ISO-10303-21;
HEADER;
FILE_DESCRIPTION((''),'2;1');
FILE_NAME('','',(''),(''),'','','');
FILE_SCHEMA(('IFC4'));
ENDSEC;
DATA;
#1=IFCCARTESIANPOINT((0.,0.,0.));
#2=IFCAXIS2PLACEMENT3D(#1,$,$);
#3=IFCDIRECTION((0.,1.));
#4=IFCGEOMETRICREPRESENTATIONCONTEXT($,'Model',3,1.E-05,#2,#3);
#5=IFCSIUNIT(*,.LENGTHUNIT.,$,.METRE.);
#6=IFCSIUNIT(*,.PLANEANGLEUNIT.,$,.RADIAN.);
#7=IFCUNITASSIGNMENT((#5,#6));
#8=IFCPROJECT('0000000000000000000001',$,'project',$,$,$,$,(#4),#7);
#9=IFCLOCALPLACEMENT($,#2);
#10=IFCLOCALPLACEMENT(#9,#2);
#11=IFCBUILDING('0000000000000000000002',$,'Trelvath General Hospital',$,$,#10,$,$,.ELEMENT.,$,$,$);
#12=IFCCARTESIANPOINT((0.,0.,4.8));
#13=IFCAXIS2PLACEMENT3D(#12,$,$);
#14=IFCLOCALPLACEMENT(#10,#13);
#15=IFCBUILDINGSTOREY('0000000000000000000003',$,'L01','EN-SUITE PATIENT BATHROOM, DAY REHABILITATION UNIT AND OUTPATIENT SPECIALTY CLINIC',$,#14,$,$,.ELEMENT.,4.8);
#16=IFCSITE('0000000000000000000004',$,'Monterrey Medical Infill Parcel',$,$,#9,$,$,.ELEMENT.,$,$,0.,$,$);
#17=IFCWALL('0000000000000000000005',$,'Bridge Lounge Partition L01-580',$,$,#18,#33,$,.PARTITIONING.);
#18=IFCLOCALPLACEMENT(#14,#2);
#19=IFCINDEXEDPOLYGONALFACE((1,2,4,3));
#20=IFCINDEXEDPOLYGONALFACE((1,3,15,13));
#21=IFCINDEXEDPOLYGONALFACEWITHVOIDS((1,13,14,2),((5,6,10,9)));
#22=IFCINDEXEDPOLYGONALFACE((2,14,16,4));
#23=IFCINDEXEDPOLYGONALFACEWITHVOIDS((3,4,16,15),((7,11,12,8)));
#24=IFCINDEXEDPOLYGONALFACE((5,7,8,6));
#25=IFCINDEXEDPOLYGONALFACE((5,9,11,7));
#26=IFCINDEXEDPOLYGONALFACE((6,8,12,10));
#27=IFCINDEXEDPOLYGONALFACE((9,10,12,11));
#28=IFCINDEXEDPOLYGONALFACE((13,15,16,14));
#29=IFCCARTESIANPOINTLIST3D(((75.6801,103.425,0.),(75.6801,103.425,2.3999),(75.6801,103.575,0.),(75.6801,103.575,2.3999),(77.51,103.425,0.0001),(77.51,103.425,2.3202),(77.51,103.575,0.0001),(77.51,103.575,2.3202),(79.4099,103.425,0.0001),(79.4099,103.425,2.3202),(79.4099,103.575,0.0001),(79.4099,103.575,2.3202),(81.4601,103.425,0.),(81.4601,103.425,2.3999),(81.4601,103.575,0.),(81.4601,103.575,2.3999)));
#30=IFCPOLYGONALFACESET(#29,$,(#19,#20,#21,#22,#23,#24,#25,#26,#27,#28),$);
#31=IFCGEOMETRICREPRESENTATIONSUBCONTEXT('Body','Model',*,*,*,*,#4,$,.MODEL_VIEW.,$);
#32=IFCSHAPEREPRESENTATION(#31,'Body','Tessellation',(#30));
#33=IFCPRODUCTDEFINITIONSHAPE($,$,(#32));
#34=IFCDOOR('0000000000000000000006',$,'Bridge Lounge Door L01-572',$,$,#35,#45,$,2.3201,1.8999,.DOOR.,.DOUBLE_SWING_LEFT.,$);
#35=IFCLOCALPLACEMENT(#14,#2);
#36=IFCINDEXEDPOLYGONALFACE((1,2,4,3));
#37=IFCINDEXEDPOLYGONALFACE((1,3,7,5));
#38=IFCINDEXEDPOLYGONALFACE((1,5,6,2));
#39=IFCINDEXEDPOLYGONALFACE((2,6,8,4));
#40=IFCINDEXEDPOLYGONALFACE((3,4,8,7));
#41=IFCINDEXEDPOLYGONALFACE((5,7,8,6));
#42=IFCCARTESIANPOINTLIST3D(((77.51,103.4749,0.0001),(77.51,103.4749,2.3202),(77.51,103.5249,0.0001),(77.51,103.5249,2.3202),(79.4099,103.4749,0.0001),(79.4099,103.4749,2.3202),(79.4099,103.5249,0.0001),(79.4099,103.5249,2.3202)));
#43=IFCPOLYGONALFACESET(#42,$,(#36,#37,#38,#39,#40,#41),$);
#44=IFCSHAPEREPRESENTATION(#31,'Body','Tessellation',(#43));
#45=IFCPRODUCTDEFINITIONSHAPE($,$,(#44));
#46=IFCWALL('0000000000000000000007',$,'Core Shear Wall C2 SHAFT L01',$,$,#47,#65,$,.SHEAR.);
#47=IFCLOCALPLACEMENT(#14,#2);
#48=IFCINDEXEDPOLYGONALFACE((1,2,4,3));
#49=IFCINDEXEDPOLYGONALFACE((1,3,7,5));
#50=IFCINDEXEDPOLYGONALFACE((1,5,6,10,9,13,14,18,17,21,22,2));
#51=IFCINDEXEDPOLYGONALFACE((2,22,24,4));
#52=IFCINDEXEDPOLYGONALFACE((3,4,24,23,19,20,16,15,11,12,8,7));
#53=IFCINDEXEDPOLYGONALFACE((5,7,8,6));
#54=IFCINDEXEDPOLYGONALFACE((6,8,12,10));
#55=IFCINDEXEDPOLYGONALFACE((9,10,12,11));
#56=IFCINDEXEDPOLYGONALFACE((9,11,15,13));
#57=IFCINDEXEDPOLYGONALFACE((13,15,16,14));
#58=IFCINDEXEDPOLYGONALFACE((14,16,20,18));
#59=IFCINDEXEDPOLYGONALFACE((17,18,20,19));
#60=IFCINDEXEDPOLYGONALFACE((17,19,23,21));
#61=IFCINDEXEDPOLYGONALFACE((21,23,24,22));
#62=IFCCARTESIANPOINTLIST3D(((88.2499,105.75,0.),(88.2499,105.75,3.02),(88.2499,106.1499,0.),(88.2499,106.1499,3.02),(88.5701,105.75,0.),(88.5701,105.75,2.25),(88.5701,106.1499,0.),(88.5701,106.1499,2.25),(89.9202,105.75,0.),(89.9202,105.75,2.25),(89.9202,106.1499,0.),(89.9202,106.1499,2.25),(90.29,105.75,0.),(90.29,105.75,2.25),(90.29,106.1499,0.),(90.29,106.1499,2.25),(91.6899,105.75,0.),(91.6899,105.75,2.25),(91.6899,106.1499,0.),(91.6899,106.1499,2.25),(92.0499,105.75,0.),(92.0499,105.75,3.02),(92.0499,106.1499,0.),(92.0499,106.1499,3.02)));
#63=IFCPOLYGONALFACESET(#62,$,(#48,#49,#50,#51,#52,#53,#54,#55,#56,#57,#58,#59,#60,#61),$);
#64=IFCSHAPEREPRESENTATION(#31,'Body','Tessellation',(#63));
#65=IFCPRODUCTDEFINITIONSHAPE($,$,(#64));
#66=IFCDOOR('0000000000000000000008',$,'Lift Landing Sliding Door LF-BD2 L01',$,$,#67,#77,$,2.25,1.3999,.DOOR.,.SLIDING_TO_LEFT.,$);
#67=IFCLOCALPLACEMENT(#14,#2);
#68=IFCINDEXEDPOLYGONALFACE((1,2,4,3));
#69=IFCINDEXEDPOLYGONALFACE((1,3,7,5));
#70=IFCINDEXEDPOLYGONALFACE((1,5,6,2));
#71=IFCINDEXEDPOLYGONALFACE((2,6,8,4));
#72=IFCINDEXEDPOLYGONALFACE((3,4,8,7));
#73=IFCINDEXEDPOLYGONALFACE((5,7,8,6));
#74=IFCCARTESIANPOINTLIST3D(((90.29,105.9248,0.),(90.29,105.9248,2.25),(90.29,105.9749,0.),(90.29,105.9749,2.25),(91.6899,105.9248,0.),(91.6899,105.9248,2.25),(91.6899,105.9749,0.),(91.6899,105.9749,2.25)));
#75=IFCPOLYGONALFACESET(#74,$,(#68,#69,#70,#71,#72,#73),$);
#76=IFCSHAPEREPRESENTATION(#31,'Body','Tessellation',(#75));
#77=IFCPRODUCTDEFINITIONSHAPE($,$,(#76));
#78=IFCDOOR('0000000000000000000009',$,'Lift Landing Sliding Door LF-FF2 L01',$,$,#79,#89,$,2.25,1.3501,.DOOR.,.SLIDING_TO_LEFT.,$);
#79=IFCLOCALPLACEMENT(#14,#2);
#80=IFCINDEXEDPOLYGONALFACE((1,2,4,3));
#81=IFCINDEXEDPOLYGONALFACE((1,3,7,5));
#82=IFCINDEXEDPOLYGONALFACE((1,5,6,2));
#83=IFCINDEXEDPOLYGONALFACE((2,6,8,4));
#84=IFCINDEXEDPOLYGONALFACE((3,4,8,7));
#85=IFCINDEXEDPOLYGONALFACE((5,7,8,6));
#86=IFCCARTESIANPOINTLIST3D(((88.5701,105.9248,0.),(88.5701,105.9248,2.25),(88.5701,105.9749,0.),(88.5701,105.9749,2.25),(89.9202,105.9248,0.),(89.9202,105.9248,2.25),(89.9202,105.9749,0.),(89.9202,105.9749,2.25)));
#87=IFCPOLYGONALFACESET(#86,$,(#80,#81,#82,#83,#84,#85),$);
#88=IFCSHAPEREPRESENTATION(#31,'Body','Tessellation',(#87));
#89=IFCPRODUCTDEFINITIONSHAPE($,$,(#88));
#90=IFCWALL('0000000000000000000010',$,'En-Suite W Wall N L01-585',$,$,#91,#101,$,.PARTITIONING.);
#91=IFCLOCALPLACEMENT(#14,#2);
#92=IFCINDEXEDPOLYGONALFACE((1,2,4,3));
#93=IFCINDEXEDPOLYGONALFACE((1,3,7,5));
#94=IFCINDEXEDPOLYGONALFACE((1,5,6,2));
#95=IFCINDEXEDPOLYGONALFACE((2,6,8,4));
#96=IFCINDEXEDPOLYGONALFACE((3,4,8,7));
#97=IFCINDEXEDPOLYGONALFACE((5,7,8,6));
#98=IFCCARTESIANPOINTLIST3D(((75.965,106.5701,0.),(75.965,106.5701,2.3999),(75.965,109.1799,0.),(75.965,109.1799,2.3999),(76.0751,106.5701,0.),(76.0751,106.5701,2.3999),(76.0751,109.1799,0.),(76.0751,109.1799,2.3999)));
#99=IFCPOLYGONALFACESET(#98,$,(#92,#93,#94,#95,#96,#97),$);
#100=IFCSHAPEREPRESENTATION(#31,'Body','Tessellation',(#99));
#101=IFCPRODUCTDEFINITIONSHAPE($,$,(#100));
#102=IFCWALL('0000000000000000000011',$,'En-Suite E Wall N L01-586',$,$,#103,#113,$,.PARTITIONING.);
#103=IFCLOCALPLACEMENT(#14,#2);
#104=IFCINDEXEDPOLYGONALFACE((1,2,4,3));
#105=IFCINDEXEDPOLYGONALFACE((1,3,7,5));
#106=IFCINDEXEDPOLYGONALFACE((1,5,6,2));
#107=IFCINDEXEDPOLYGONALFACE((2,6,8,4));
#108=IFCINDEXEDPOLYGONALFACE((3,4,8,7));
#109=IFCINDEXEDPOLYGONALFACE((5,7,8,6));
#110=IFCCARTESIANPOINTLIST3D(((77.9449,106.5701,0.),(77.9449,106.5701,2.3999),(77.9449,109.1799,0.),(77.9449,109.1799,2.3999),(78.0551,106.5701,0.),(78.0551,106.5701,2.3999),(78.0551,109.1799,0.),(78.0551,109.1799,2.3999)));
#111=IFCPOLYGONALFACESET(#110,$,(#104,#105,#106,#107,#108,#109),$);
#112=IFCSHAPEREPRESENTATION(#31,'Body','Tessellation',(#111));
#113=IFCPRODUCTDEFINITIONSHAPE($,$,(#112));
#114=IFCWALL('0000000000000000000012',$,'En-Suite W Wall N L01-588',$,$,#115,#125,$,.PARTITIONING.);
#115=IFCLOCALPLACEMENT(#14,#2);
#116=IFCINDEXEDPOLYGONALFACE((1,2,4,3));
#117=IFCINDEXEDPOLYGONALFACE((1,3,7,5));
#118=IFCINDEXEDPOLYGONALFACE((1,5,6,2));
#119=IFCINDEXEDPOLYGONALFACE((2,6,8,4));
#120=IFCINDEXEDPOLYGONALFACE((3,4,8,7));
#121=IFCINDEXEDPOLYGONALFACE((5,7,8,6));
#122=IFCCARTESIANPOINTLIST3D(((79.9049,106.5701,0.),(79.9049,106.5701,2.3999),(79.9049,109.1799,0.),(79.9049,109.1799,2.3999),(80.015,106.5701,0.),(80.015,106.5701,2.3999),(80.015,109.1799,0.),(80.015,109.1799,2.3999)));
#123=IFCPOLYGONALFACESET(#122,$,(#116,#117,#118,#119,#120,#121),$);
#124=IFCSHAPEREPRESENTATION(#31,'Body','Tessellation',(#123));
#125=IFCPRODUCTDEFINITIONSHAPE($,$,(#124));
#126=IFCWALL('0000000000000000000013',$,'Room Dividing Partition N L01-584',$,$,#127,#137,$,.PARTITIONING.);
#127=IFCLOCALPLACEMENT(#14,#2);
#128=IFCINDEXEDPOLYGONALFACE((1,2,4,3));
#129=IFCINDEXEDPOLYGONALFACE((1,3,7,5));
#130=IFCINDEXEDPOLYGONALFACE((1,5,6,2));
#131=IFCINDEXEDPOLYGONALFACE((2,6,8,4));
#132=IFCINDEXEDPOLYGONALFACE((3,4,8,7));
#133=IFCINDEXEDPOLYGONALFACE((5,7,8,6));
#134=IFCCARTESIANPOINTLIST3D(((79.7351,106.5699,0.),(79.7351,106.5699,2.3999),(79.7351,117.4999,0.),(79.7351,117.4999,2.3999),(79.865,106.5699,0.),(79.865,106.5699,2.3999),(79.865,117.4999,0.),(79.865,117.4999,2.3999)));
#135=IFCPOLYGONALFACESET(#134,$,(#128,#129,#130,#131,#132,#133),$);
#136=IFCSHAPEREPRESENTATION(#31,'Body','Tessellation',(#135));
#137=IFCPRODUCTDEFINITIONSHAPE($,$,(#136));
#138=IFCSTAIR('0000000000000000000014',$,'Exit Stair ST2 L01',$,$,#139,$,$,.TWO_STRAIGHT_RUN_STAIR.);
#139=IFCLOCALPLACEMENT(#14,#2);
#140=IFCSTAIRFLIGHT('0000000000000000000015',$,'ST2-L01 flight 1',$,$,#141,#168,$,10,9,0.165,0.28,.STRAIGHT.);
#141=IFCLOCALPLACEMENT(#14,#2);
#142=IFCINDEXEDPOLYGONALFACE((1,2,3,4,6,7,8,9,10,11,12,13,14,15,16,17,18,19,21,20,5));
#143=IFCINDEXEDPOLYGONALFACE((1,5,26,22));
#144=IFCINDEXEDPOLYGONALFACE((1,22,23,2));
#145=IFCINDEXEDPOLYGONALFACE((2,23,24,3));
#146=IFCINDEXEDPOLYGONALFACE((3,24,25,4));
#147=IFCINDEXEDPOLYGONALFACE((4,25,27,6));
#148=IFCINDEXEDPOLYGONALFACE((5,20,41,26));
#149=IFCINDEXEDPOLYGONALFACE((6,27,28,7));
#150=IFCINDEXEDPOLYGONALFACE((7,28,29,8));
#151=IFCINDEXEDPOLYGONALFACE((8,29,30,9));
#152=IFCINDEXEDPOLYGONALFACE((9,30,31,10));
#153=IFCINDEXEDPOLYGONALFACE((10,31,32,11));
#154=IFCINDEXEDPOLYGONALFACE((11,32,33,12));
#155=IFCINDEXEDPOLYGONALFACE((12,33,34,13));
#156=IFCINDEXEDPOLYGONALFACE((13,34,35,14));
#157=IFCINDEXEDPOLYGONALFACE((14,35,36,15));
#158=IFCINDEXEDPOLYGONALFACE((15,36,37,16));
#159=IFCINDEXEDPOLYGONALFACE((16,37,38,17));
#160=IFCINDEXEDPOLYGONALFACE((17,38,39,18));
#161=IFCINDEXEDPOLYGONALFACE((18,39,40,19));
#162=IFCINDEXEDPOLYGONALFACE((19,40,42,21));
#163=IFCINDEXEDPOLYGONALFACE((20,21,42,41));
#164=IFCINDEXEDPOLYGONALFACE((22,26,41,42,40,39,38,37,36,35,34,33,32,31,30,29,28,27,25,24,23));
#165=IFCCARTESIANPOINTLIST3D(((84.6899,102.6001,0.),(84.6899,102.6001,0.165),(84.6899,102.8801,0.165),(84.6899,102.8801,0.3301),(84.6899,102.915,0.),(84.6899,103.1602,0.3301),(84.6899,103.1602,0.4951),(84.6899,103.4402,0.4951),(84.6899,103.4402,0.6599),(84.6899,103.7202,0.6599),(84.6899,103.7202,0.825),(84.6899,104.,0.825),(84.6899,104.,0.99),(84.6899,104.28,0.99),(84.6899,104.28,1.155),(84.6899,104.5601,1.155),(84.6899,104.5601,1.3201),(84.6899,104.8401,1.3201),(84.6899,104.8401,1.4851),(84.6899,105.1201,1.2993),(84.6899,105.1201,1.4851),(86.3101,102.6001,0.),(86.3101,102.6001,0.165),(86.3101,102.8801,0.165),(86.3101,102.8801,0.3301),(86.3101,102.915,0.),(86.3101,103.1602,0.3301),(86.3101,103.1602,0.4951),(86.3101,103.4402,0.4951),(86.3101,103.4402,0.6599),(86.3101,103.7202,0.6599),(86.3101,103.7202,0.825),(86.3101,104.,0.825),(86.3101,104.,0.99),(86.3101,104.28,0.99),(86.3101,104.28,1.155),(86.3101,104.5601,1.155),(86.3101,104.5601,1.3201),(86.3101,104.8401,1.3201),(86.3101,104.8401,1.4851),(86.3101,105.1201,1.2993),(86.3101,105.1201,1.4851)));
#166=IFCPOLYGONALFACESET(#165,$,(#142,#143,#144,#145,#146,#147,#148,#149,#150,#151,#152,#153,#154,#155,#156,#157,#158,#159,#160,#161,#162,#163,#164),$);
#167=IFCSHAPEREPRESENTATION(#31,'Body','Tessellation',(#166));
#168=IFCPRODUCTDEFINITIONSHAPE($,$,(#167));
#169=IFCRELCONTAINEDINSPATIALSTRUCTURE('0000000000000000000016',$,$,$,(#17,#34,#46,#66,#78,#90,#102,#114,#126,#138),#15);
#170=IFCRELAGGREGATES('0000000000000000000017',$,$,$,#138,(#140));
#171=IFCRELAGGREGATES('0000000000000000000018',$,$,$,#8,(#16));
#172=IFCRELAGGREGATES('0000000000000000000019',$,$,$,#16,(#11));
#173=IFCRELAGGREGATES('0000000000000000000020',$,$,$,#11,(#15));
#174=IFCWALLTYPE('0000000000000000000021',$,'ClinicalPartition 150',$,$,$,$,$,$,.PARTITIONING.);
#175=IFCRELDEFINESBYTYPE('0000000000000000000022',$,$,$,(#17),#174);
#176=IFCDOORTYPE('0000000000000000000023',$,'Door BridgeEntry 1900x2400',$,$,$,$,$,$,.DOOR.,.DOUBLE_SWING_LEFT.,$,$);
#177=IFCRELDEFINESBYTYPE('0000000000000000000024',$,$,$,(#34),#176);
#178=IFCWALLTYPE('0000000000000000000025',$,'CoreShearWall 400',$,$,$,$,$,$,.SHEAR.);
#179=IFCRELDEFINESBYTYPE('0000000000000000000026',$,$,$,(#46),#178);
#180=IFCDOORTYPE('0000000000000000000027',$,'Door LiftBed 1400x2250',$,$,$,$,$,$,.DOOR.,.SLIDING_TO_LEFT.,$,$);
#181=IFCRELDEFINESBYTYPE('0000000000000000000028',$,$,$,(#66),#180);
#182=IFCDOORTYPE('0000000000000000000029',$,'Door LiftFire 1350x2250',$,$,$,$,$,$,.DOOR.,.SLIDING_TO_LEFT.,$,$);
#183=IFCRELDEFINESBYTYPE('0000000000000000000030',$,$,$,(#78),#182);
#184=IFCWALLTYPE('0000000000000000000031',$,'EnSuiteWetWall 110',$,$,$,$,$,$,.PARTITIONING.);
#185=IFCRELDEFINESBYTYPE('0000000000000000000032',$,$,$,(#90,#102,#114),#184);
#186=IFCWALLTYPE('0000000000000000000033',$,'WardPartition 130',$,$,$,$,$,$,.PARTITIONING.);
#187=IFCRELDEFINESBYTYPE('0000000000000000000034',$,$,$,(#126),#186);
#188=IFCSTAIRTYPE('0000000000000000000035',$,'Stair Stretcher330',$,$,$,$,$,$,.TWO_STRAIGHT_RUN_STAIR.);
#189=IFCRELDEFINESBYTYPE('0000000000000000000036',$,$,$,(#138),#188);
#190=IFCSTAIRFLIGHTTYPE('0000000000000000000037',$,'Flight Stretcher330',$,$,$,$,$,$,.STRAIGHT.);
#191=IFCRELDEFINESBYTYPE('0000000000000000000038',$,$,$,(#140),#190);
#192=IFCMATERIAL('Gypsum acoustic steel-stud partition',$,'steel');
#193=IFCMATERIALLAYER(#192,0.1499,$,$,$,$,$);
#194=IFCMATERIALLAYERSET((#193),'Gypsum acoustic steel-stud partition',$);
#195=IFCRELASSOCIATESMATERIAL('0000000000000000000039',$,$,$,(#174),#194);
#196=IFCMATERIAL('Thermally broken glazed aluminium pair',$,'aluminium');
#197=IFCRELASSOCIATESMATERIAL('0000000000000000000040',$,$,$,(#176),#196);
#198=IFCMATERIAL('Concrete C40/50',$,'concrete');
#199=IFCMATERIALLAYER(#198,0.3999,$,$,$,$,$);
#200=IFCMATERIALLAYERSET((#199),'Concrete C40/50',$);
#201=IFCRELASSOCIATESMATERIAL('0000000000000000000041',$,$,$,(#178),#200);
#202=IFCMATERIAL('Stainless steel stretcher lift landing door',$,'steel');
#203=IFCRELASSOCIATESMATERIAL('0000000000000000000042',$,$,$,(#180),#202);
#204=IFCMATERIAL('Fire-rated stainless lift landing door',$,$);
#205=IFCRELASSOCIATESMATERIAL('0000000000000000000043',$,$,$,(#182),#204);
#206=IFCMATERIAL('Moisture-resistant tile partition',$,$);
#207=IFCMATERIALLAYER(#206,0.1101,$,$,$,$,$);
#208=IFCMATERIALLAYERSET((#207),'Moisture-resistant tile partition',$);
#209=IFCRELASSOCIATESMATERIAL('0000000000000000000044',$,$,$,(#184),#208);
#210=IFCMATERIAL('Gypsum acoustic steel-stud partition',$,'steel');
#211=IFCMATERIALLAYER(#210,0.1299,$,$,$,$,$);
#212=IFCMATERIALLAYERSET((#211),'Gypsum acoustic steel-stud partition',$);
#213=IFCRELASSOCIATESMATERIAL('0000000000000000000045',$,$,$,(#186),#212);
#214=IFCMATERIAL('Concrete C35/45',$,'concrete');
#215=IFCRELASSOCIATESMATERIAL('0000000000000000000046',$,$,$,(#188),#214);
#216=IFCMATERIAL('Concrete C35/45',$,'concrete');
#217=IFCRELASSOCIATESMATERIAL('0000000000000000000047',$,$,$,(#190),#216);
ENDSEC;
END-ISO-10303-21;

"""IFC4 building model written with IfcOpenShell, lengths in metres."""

from ifc_helpers import new_model, si_unit, direction, frame, frame_2d, origin, place, context, subcontext, project, spatial, polyline, rectangle, outline, extrude, material, layer, layer_set, type_object, element, fill, aggregate, save


model = new_model("IFC4")

# Units and contexts
model_context = context("Model", 3, precision=1e-05, world=origin(), true_north=direction((0.0, 1.0)))
body_context = subcontext(model_context, "Body", "Model", "MODEL_VIEW")
ifc_project = project(units=[si_unit("LENGTHUNIT", "METRE"), si_unit("PLANEANGLEUNIT", "RADIAN")], contexts=[model_context])

# Site, building, storey
site_placement = place(None, origin())
site = spatial("IfcSite", under=ifc_project, at=site_placement, Name="Monterrey Medical Infill Parcel", CompositionType="ELEMENT", RefElevation=0.0)
building_placement = place(site_placement, origin())
building = spatial("IfcBuilding", under=site, at=building_placement, Name="Trelvath General Hospital", CompositionType="ELEMENT")
storey_placement = place(building_placement, frame((0.0, 0.0, 4.8)))
storey = spatial("IfcBuildingStorey", under=building, at=storey_placement, Name="L01", Description="EN-SUITE PATIENT BATHROOM, DAY REHABILITATION UNIT AND OUTPATIENT SPECIALTY CLINIC", CompositionType="ELEMENT", Elevation=4.8)

# Wall, opening, door
ifc_material_1 = material(Name="Gypsum acoustic steel-stud partition", Category="steel")
ifc_layer_1 = layer(ifc_material_1, 0.1499)
ifc_layer_set_1 = layer_set([ifc_layer_1], Name="Gypsum acoustic steel-stud partition")
wall_type_1 = type_object("IfcWallType", Name="ClinicalPartition 150", PredefinedType="PARTITIONING", material=ifc_layer_set_1)
wall_1_placement = place(storey_placement, frame((75.6799, 103.5, 0.0), z_axis=(0.0, 0.0, 1.0), x_axis=(1.0, 0.0, 0.0)))
wall_1 = element("IfcWall", 1, at=wall_1_placement, inside=storey, type_object=wall_type_1, Name="Bridge Lounge Partition L01-580", PredefinedType="PARTITIONING", context=body_context, shape_type="SweptSolid", body=[
    extrude(rectangle(XDim=5.78, YDim=0.1499, at=frame_2d((2.8901, 0.0))), origin(), (0.0, 0.0, 1.0), 2.3999),
])
opening_1_placement = place(wall_1_placement, frame((1.8301, 0.0, 0.0)))
opening_1 = element("IfcOpeningElement", 2, at=opening_1_placement, cuts=wall_1, PredefinedType="OPENING", context=body_context, shape_type="SweptSolid", body=[
    extrude(rectangle(XDim=1.8999, YDim=2.3201, at=frame_2d((0.95, 1.1602))), frame((0.0, 0.085, 0.0), z_axis=(0.0, -1.0, 0.0), x_axis=(1.0, 0.0, 0.0)), (0.0, 0.0, 1.0), 0.1699),
])
ifc_material_2 = material(Name="Thermally broken glazed aluminium pair", Category="aluminium")
door_type_1 = type_object("IfcDoorType", Name="Door BridgeEntry 1900x2400", OperationType="DOUBLE_SWING_LEFT", PredefinedType="DOOR", material=ifc_material_2)
door_1_placement = place(opening_1_placement, origin())
door_1 = element("IfcDoor", 3, at=door_1_placement, inside=storey, type_object=door_type_1, Name="Bridge Lounge Door L01-572", OperationType="DOUBLE_SWING_LEFT", OverallHeight=2.3201, OverallWidth=1.8999, PredefinedType="DOOR", context=body_context, shape_type="SweptSolid", body=[
    extrude(rectangle(XDim=1.8999, YDim=2.3201, at=frame_2d((0.95, 1.1602))), frame((0.0, 0.0249, 0.0), z_axis=(0.0, -1.0, 0.0), x_axis=(1.0, 0.0, 0.0)), (0.0, 0.0, 1.0), 0.05),
])
fill(opening_1, door_1)

# Shared definitions
ifc_material_3 = material(Name="Concrete C40/50", Category="concrete")
ifc_layer_2 = layer(ifc_material_3, 0.3999)
ifc_layer_set_2 = layer_set([ifc_layer_2], Name="Concrete C40/50")
wall_type_2 = type_object("IfcWallType", Name="CoreShearWall 400", PredefinedType="SHEAR", material=ifc_layer_set_2)

# Wall, openings, doors
wall_2_placement = place(storey_placement, frame((88.25, 105.95, 0.0), z_axis=(0.0, 0.0, 1.0), x_axis=(1.0, 0.0, 0.0)))
wall_2 = element("IfcWall", 4, at=wall_2_placement, inside=storey, type_object=wall_type_2, Name="Core Shear Wall C2 SHAFT L01", PredefinedType="SHEAR", context=body_context, shape_type="SweptSolid", body=[
    extrude(rectangle(XDim=3.8, YDim=0.3999, at=frame_2d((1.8999, 0.0))), origin(), (0.0, 0.0, 1.0), 3.02),
])
opening_2_placement = place(wall_2_placement, frame((0.3201, 0.0, 0.0)))
opening_2 = element("IfcOpeningElement", 5, at=opening_2_placement, cuts=wall_2, PredefinedType="OPENING", context=body_context, shape_type="SweptSolid", body=[
    extrude(rectangle(XDim=1.3501, YDim=2.25, at=frame_2d((0.675, 1.125))), frame((0.0, 0.21, 0.0), z_axis=(0.0, -1.0, 0.0), x_axis=(1.0, 0.0, 0.0)), (0.0, 0.0, 1.0), 0.4199),
])
opening_3_placement = place(wall_2_placement, frame((2.04, 0.0, 0.0)))
opening_3 = element("IfcOpeningElement", 6, at=opening_3_placement, cuts=wall_2, PredefinedType="OPENING", context=body_context, shape_type="SweptSolid", body=[
    extrude(rectangle(XDim=1.3999, YDim=2.25, at=frame_2d((0.7, 1.125))), frame((0.0, 0.21, 0.0), z_axis=(0.0, -1.0, 0.0), x_axis=(1.0, 0.0, 0.0)), (0.0, 0.0, 1.0), 0.4199),
])
ifc_material_4 = material(Name="Stainless steel stretcher lift landing door", Category="steel")
door_type_2 = type_object("IfcDoorType", Name="Door LiftBed 1400x2250", OperationType="SLIDING_TO_LEFT", PredefinedType="DOOR", material=ifc_material_4)
door_2_placement = place(opening_3_placement, origin())
door_2 = element("IfcDoor", 7, at=door_2_placement, inside=storey, type_object=door_type_2, Name="Lift Landing Sliding Door LF-BD2 L01", OperationType="SLIDING_TO_LEFT", OverallHeight=2.25, OverallWidth=1.3999, PredefinedType="DOOR", context=body_context, shape_type="SweptSolid", body=[
    extrude(rectangle(XDim=1.3999, YDim=2.25, at=frame_2d((0.7, 1.125))), frame((0.0, 0.0249, 0.0), z_axis=(0.0, -1.0, 0.0), x_axis=(1.0, 0.0, 0.0)), (0.0, 0.0, 1.0), 0.05),
])
fill(opening_3, door_2)
ifc_material_5 = material(Name="Fire-rated stainless lift landing door")
door_type_3 = type_object("IfcDoorType", Name="Door LiftFire 1350x2250", OperationType="SLIDING_TO_LEFT", PredefinedType="DOOR", material=ifc_material_5)
door_3_placement = place(opening_2_placement, origin())
door_3 = element("IfcDoor", 8, at=door_3_placement, inside=storey, type_object=door_type_3, Name="Lift Landing Sliding Door LF-FF2 L01", OperationType="SLIDING_TO_LEFT", OverallHeight=2.25, OverallWidth=1.3501, PredefinedType="DOOR", context=body_context, shape_type="SweptSolid", body=[
    extrude(rectangle(XDim=1.3501, YDim=2.25, at=frame_2d((0.675, 1.125))), frame((0.0, 0.0249, 0.0), z_axis=(0.0, -1.0, 0.0), x_axis=(1.0, 0.0, 0.0)), (0.0, 0.0, 1.0), 0.05),
])
fill(opening_2, door_3)

# Walls
ifc_material_6 = material(Name="Moisture-resistant tile partition")
ifc_layer_3 = layer(ifc_material_6, 0.1101)
ifc_layer_set_3 = layer_set([ifc_layer_3], Name="Moisture-resistant tile partition")
wall_type_3 = type_object("IfcWallType", Name="EnSuiteWetWall 110", PredefinedType="PARTITIONING", material=ifc_layer_set_3)
for number, where, z_axis, x_axis, name in (
    (9, (76.02, 106.5701, 0.0), (0.0, 0.0, 1.0), (0.0, 1.0, 0.0), "En-Suite W Wall N L01-585"),
    (10, (78.0, 106.5701, 0.0), (0.0, 0.0, 1.0), (0.0, 1.0, 0.0), "En-Suite E Wall N L01-586"),
    (11, (79.96, 106.5701, 0.0), (0.0, 0.0, 1.0), (0.0, 1.0, 0.0), "En-Suite W Wall N L01-588"),
):
    element("IfcWall", number, at=place(storey_placement, frame(where, z_axis=z_axis, x_axis=x_axis)), inside=storey, type_object=wall_type_3, Name=name, PredefinedType="PARTITIONING", context=body_context, shape_type="SweptSolid", body=[
        extrude(rectangle(XDim=2.6099, YDim=0.1101, at=frame_2d((1.3049, 0.0))), origin(), (0.0, 0.0, 1.0), 2.3999),
    ])
ifc_material_7 = material(Name="Gypsum acoustic steel-stud partition", Category="steel")
ifc_layer_4 = layer(ifc_material_7, 0.1299)
ifc_layer_set_4 = layer_set([ifc_layer_4], Name="Gypsum acoustic steel-stud partition")
wall_type_4 = type_object("IfcWallType", Name="WardPartition 130", PredefinedType="PARTITIONING", material=ifc_layer_set_4)
wall_3_placement = place(storey_placement, frame((79.8, 106.5701, 0.0), z_axis=(0.0, 0.0, 1.0), x_axis=(0.0, 1.0, 0.0)))
element("IfcWall", 12, at=wall_3_placement, inside=storey, type_object=wall_type_4, Name="Room Dividing Partition N L01-584", PredefinedType="PARTITIONING", context=body_context, shape_type="SweptSolid", body=[
    extrude(rectangle(XDim=10.9299, YDim=0.1299, at=frame_2d((5.4648, 0.0))), origin(), (0.0, 0.0, 1.0), 2.3999),
])

# Stair, stair flight
ifc_material_8 = material(Name="Concrete C35/45", Category="concrete")
stair_type = type_object("IfcStairType", Name="Stair Stretcher330", PredefinedType="TWO_STRAIGHT_RUN_STAIR", material=ifc_material_8)
stair_placement = place(storey_placement, origin())
stair = element("IfcStair", 13, at=stair_placement, inside=storey, type_object=stair_type, Name="Exit Stair ST2 L01", PredefinedType="TWO_STRAIGHT_RUN_STAIR")
ifc_material_9 = material(Name="Concrete C35/45", Category="concrete")
stair_flight_type = type_object("IfcStairFlightType", Name="Flight Stretcher330", PredefinedType="STRAIGHT", material=ifc_material_9)
stair_flight_1_placement = place(storey_placement, frame((85.5, 102.6001, 0.0), z_axis=(0.0, 0.0, 1.0), x_axis=(0.0, 1.0, 0.0)))
stair_flight_1 = element("IfcStairFlight", 14, at=stair_flight_1_placement, type_object=stair_flight_type, Name="ST2-L01 flight 1", NumberOfRisers=10, NumberOfTreads=9, PredefinedType="STRAIGHT", RiserHeight=0.165, TreadLength=0.28, context=body_context, shape_type="SweptSolid", body=[
    extrude(outline(polyline([(0.0, 0.0), (0.0, 0.165), (0.28, 0.165), (0.28, 0.3301), (0.5601, 0.3301), (0.5601, 0.4951), (0.8401, 0.4951), (0.8401, 0.6599), (1.1201, 0.6599), (1.1201, 0.825), (1.3999, 0.825), (1.3999, 0.99), (1.6799, 0.99), (1.6799, 1.155), (1.96, 1.155), (1.96, 1.3201), (2.24, 1.3201), (2.24, 1.4851), (2.52, 1.4851), (2.52, 1.6499), (2.52, 1.2993), (0.3149, 0.0), (0.0, 0.0)])), frame((0.0, 0.8101, 0.0), z_axis=(0.0, -1.0, 0.0), x_axis=(1.0, 0.0, 0.0)), (0.0, 0.0, 1.0), 1.6201),
])
aggregate(stair, [stair_flight_1])

save(model, "model.ifc")
